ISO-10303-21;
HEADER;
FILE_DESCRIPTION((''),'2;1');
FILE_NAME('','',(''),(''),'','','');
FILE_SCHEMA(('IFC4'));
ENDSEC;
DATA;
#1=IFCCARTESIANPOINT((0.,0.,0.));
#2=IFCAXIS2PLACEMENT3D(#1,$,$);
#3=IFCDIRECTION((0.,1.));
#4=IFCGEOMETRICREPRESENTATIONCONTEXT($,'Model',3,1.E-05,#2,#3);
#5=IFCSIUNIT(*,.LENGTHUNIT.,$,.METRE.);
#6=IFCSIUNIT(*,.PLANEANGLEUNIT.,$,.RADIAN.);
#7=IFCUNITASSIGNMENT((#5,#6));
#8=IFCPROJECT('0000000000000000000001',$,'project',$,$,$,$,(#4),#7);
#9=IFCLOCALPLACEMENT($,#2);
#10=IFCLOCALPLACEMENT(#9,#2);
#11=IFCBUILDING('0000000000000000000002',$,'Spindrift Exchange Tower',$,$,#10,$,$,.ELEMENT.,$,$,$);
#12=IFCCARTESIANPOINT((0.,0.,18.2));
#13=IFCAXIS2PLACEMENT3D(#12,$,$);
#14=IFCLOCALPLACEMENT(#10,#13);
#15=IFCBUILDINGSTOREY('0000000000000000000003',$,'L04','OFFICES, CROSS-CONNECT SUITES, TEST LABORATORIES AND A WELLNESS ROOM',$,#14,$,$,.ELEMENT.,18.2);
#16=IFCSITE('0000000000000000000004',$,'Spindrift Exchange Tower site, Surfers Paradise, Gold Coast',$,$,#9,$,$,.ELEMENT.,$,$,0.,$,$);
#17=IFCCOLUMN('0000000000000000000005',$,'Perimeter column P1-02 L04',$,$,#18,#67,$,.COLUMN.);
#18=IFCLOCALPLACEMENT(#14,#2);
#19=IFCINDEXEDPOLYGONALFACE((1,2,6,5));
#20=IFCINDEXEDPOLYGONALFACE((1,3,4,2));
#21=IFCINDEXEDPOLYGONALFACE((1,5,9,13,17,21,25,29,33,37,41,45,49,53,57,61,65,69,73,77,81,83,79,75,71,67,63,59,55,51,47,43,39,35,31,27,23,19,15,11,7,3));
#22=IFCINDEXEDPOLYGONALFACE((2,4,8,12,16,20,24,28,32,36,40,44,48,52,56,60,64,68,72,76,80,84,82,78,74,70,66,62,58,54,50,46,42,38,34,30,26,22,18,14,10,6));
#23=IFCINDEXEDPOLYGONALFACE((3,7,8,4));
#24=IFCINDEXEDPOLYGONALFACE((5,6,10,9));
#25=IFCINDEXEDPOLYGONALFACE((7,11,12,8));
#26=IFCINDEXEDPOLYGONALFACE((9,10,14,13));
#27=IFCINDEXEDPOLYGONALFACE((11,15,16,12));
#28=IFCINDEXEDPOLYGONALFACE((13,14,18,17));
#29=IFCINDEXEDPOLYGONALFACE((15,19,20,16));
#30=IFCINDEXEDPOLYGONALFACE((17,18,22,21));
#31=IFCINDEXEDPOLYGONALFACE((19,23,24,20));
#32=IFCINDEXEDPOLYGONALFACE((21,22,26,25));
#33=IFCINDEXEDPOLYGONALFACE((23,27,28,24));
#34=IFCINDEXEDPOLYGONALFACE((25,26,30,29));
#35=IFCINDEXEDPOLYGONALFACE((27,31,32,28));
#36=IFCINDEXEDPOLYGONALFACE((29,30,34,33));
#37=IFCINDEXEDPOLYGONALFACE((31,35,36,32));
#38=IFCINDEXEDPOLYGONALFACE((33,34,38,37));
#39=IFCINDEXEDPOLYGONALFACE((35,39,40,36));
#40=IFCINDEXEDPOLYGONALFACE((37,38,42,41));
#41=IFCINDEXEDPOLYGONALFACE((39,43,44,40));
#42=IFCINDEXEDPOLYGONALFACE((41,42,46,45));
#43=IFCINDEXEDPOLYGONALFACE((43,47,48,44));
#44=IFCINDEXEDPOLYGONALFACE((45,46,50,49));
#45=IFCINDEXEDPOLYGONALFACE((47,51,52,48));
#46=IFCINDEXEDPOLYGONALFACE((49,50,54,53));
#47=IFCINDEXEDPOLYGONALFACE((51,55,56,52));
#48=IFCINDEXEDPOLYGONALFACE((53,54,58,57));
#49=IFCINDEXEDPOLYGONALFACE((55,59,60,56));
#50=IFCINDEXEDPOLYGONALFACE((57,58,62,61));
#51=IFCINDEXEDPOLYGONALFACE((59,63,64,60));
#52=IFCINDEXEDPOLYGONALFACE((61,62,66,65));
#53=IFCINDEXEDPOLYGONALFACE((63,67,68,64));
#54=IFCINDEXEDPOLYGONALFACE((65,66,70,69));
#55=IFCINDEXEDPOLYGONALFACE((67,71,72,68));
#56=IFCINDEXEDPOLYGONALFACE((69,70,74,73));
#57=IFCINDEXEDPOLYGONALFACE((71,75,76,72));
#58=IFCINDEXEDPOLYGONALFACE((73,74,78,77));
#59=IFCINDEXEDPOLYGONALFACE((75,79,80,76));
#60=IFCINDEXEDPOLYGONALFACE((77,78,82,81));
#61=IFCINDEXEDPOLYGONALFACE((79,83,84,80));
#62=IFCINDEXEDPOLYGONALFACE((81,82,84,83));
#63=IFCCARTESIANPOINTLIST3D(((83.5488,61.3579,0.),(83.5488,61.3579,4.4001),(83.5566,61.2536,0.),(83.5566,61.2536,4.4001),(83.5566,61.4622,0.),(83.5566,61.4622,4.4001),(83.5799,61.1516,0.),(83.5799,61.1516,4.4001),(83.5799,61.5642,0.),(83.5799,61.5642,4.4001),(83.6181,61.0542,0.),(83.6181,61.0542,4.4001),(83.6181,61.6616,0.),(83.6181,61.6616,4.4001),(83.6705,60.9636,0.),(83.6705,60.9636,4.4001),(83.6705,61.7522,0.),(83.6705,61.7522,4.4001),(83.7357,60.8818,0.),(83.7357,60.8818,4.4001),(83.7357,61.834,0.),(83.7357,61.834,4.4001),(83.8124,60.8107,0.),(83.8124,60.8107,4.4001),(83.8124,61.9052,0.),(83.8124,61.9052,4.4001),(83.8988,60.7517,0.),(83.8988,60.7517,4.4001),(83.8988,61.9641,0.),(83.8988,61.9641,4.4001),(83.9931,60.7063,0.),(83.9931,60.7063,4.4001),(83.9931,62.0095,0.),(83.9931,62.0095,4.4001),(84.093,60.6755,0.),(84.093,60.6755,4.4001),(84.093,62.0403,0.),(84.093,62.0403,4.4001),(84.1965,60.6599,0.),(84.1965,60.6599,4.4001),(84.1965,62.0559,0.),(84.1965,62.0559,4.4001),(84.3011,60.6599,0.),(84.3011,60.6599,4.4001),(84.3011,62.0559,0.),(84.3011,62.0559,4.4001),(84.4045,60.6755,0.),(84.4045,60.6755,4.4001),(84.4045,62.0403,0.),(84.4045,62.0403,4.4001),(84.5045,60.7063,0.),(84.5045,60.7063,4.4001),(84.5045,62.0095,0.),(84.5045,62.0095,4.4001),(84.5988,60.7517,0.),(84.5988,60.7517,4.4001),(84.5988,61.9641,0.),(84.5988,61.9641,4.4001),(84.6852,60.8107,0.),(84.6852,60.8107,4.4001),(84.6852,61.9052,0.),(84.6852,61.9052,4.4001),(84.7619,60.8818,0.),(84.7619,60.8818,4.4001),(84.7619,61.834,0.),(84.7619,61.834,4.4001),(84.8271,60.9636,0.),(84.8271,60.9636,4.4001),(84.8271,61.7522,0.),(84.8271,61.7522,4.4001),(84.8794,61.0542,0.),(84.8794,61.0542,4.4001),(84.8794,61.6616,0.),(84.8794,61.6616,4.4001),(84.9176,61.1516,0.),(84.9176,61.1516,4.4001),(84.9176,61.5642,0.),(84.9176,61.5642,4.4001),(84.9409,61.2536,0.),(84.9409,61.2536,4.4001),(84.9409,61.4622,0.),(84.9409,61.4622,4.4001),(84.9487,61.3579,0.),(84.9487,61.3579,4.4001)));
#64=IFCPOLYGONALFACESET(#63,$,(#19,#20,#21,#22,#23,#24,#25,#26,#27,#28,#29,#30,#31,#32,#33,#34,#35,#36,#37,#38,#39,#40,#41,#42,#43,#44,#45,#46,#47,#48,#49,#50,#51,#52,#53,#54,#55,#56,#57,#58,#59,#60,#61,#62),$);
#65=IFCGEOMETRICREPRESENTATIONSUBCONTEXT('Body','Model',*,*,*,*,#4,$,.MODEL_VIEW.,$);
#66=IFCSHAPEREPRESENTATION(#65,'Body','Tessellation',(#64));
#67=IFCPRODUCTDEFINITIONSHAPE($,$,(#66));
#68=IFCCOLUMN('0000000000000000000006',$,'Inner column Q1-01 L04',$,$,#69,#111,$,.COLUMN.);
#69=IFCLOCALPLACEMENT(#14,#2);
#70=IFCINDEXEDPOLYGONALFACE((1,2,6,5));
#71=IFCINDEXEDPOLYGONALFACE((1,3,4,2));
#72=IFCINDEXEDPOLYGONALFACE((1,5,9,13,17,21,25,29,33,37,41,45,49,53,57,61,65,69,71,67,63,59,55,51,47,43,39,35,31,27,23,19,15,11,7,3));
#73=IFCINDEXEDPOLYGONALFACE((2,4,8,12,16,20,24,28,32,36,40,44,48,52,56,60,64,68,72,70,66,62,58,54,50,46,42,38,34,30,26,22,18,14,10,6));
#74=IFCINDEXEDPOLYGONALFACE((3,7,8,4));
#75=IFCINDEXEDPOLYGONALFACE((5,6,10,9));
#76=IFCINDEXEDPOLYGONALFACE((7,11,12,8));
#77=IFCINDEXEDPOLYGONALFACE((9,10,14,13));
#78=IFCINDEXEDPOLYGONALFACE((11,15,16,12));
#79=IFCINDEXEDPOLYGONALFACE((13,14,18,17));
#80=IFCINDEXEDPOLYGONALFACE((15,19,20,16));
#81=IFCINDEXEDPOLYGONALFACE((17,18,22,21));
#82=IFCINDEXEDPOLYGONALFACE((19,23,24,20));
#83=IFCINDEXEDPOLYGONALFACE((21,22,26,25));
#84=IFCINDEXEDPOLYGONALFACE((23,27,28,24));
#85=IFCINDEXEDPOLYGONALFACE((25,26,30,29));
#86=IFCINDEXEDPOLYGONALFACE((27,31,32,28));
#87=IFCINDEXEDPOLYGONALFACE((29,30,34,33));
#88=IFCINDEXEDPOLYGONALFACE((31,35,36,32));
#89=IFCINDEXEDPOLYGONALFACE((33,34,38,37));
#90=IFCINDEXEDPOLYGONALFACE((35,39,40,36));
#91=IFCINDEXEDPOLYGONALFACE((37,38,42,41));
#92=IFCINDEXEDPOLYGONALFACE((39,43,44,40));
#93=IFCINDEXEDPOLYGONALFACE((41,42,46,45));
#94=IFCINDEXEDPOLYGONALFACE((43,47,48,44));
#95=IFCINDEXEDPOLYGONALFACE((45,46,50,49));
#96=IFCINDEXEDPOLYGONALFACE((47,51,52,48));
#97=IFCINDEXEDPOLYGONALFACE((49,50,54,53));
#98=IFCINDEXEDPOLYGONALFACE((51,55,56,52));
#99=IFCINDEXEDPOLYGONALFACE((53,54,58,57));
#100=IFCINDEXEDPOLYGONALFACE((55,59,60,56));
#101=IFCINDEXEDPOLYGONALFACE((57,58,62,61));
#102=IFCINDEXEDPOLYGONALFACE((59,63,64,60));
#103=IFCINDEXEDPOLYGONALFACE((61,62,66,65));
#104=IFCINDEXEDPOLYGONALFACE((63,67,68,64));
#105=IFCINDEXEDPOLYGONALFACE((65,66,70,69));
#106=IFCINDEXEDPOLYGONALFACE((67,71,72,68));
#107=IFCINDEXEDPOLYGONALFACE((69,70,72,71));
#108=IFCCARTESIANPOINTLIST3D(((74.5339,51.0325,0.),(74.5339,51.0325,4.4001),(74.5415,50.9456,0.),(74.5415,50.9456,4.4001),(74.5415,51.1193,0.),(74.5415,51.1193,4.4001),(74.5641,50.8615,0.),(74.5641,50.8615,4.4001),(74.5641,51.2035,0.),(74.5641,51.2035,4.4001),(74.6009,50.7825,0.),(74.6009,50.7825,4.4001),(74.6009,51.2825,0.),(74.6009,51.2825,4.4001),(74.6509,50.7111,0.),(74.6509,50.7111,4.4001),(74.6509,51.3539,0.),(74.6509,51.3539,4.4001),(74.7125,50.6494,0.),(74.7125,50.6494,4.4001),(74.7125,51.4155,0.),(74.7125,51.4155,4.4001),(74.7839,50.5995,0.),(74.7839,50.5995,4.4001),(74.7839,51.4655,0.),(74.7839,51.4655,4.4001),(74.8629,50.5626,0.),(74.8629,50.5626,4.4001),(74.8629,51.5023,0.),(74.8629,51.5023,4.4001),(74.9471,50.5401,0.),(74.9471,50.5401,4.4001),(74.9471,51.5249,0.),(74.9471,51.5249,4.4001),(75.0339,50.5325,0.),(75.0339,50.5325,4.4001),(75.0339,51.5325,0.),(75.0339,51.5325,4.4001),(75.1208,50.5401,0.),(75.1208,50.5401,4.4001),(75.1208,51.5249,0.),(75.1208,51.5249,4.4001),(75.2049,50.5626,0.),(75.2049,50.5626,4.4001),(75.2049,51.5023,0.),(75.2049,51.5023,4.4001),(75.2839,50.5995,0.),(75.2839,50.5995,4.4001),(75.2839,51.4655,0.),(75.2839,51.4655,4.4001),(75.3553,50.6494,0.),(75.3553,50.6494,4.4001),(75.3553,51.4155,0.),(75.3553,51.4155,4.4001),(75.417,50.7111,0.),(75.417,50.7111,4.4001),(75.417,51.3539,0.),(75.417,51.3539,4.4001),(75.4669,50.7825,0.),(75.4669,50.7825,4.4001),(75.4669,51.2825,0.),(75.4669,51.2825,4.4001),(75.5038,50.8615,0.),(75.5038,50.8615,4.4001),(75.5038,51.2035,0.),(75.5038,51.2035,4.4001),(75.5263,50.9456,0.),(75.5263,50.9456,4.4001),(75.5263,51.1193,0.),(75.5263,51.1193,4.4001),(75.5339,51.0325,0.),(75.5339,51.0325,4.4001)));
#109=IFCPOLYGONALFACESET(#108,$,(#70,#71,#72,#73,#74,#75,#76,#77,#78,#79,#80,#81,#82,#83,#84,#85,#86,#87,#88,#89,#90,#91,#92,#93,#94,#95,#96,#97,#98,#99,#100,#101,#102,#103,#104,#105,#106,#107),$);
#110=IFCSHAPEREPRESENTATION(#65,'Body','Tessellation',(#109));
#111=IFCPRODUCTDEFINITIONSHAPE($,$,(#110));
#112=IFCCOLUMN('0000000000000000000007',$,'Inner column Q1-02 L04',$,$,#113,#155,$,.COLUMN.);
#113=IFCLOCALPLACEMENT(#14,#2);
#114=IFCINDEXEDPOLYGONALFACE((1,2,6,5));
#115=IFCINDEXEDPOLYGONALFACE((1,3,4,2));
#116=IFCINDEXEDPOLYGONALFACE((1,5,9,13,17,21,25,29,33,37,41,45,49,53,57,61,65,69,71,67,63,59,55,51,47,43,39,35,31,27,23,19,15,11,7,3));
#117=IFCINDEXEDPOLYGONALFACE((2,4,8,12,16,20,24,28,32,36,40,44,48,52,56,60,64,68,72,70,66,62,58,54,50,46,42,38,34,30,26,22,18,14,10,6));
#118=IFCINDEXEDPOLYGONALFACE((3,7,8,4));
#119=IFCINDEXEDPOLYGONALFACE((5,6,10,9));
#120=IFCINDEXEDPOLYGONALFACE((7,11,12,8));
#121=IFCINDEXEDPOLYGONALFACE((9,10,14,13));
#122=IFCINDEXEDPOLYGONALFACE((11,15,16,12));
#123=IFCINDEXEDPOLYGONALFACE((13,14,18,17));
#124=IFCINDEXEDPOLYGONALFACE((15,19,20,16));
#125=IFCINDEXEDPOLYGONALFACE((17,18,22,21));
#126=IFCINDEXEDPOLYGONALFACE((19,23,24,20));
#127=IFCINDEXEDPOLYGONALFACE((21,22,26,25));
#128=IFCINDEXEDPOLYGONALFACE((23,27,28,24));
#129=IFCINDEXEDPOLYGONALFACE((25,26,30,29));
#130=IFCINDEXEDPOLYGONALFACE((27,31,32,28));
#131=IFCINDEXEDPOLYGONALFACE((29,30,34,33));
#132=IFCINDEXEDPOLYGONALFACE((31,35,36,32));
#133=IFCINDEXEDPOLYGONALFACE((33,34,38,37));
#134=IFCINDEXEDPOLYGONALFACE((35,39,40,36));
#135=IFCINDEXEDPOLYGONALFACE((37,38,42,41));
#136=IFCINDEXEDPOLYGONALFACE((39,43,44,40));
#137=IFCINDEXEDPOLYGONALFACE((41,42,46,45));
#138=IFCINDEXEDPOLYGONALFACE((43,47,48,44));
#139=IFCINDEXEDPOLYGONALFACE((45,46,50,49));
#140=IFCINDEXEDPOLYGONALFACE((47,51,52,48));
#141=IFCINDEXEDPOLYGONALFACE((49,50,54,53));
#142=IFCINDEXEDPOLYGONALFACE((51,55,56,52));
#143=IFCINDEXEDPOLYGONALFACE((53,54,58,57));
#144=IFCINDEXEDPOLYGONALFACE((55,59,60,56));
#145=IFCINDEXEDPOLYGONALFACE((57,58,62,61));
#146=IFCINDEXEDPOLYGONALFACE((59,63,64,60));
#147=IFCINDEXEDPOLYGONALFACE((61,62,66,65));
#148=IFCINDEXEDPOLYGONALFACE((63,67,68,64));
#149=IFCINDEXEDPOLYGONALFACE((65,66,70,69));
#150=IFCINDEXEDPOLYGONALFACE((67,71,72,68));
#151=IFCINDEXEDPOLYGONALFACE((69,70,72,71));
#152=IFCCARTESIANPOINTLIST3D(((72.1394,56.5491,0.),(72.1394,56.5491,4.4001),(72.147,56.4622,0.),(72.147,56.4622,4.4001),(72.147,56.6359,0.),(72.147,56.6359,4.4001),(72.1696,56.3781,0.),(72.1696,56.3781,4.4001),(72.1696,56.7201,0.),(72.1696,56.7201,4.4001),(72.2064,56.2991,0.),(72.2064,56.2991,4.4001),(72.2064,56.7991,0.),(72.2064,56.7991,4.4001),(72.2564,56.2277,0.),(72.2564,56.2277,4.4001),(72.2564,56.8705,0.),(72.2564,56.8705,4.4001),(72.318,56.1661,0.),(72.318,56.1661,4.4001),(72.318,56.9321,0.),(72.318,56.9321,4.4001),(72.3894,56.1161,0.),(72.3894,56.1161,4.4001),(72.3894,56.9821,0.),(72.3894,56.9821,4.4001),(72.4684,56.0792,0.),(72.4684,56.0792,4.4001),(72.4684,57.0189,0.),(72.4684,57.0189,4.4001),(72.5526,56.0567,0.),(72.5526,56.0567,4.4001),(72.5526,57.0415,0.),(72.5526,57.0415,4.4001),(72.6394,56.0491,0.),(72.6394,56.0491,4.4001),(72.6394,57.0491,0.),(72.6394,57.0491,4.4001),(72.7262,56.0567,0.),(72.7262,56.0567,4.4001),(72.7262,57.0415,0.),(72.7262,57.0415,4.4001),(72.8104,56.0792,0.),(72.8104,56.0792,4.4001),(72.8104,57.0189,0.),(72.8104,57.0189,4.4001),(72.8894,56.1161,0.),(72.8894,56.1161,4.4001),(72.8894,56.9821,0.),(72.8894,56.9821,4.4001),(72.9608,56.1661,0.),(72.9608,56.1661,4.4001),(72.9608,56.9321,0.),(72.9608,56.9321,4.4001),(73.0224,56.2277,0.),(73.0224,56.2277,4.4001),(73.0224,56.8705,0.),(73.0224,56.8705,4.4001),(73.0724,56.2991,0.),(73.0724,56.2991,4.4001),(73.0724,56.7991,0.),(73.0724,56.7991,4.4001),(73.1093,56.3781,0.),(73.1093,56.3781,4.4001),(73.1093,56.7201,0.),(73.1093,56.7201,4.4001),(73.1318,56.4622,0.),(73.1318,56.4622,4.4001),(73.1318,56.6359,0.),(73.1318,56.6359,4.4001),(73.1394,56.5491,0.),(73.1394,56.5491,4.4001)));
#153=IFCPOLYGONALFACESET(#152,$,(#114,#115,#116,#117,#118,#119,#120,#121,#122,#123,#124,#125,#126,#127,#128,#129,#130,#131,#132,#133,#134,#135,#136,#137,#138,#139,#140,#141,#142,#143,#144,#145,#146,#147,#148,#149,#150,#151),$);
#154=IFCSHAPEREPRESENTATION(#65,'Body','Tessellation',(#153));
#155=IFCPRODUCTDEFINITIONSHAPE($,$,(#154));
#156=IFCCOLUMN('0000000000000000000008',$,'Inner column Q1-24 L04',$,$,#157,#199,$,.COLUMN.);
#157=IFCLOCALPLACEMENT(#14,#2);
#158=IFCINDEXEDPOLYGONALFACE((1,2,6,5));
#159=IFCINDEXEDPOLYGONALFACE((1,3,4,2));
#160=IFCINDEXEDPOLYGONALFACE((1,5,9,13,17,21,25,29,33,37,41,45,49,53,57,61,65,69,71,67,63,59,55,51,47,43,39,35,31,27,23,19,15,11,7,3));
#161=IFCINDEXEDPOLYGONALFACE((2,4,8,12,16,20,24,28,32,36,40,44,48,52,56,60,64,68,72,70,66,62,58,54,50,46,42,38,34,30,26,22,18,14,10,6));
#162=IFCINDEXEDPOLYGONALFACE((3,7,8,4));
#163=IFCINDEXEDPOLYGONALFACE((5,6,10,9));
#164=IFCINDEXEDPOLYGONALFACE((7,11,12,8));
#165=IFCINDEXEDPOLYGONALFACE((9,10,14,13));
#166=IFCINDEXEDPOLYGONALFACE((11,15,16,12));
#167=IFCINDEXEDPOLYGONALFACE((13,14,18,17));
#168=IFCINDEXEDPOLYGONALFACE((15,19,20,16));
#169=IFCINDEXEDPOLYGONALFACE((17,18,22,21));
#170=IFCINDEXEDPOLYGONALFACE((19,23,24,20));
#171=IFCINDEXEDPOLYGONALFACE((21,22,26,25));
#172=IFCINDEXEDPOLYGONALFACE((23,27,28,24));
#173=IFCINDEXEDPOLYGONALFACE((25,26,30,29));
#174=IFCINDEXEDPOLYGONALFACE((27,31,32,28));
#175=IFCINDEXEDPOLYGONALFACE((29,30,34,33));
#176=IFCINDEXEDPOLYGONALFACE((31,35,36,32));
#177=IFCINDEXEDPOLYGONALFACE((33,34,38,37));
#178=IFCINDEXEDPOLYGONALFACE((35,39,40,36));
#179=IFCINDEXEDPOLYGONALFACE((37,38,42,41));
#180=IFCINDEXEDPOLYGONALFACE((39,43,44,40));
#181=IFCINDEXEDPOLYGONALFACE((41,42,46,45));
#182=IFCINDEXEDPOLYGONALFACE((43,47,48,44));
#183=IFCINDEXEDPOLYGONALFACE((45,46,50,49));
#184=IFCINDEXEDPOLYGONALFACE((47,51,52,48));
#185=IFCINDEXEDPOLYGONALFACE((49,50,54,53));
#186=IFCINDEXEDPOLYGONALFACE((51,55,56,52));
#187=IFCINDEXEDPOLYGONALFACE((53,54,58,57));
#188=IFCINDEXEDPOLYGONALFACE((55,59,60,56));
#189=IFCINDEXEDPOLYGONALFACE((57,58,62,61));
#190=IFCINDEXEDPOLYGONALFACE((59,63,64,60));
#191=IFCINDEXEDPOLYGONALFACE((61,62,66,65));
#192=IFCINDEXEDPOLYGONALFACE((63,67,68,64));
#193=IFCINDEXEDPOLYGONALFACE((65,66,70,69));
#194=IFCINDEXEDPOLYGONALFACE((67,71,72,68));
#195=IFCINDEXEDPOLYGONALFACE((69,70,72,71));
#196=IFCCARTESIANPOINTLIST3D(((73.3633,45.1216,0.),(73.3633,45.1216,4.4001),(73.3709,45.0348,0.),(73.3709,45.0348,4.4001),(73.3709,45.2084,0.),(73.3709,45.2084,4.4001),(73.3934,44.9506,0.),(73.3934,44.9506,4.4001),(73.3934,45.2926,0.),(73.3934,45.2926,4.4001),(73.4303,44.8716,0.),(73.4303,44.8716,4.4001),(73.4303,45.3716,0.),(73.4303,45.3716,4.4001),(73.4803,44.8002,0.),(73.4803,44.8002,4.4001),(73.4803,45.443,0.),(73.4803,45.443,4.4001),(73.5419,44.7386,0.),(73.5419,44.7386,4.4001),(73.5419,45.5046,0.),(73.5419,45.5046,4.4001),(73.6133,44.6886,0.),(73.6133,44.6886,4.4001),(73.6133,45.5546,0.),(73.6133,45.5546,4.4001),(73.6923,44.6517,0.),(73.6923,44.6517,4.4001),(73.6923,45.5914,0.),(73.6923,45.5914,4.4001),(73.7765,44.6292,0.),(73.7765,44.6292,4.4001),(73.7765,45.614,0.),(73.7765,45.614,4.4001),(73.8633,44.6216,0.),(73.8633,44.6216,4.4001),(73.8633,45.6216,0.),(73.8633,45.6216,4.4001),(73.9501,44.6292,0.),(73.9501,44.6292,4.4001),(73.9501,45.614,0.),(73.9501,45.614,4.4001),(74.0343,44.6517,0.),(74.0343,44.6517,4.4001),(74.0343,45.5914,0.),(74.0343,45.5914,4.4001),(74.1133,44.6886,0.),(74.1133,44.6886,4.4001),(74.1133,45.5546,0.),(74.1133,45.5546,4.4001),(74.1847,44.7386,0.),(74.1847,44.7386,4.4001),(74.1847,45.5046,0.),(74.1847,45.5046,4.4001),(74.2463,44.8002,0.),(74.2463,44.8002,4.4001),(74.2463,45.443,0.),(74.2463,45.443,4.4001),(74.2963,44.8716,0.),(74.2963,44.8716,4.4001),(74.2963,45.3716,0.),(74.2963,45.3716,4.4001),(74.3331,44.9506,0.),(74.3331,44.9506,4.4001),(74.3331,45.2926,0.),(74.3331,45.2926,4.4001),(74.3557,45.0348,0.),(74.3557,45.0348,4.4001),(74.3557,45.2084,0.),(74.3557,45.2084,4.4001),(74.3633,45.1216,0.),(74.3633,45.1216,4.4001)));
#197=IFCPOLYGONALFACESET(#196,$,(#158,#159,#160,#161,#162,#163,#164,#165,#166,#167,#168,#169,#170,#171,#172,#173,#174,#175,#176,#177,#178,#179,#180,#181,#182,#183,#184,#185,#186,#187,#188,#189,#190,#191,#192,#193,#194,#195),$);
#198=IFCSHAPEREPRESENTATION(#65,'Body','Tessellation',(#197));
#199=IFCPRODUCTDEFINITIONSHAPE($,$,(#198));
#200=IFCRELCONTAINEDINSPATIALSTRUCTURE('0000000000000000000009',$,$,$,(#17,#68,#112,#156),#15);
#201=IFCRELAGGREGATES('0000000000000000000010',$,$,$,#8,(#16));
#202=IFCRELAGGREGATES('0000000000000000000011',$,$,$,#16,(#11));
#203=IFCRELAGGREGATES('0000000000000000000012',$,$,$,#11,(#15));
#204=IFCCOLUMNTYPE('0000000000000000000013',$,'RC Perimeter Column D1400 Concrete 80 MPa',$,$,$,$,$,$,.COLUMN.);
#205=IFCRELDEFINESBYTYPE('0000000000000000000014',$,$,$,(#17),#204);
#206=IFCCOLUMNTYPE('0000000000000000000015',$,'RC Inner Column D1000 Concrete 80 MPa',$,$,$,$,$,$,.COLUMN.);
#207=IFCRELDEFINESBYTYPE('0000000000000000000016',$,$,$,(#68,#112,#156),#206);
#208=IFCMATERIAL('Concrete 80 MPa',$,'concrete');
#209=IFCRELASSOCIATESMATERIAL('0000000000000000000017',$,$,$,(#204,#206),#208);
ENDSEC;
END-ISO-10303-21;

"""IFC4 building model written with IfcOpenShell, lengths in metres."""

from ifc_helpers import new_model, si_unit, direction, frame, origin, origin_2d, place, context, subcontext, project, spatial, circle, extrude, source, transform, mapped, material, material_profile, profile_set, type_object, element, save


model = new_model("IFC4")

# Units and contexts
model_context = context("Model", 3, precision=1e-05, world=origin(), true_north=direction((0.0, 1.0)))
body_context = subcontext(model_context, "Body", "Model", "MODEL_VIEW")
ifc_project = project(units=[si_unit("LENGTHUNIT", "METRE"), si_unit("PLANEANGLEUNIT", "RADIAN")], contexts=[model_context])

# Site, building, storey
site_placement = place(None, origin())
site = spatial("IfcSite", under=ifc_project, at=site_placement, Name="Spindrift Exchange Tower site, Surfers Paradise, Gold Coast", CompositionType="ELEMENT", RefElevation=0.0)
building_placement = place(site_placement, origin())
building = spatial("IfcBuilding", under=site, at=building_placement, Name="Spindrift Exchange Tower", CompositionType="ELEMENT")
storey_placement = place(building_placement, frame((0.0, 0.0, 18.2)))
storey = spatial("IfcBuildingStorey", under=building, at=storey_placement, Name="L04", Description="OFFICES, CROSS-CONNECT SUITES, TEST LABORATORIES AND A WELLNESS ROOM", CompositionType="ELEMENT", Elevation=18.2)

# Columns
ifc_material_1 = material(Name="Concrete 80 MPa", Category="concrete")
ifc_material_profile_1 = material_profile(ifc_material_1, circle(Radius=0.7, at=origin_2d()), Name="RC D1400")
ifc_profile_set_1 = profile_set([ifc_material_profile_1], Name="Concrete 80 MPa")
column_type_1 = type_object("IfcColumnType", Name="RC Perimeter Column D1400 Concrete 80 MPa", PredefinedType="COLUMN", material=ifc_profile_set_1)
shared_shape_1 = source(origin(), body_context, "Body", "SweptSolid", [
    extrude(circle(Radius=0.7, at=origin_2d()), origin(), (0.0, 0.0, 1.0), 4.4001),
])
column_placement = place(storey_placement, frame((84.2488, 61.3579, 0.0), z_axis=(0.0, 0.0, 1.0), x_axis=(1.0, 0.0, 0.0)))
element("IfcColumn", 1, at=column_placement, inside=storey, type_object=column_type_1, Name="Perimeter column P1-02 L04", PredefinedType="COLUMN", context=body_context, shape_type="MappedRepresentation", body=[
    mapped(shared_shape_1, transform((0.0, 0.0, 0.0), scale=1.0)),
])
ifc_material_profile_2 = material_profile(ifc_material_1, circle(Radius=0.5, at=origin_2d()), Name="RC D1000")
ifc_profile_set_2 = profile_set([ifc_material_profile_2], Name="Concrete 80 MPa")
column_type_2 = type_object("IfcColumnType", Name="RC Inner Column D1000 Concrete 80 MPa", PredefinedType="COLUMN", material=ifc_profile_set_2)
shared_shape_2 = source(origin(), body_context, "Body", "SweptSolid", [
    extrude(circle(Radius=0.5, at=origin_2d()), origin(), (0.0, 0.0, 1.0), 4.4001),
])
for number, where, z_axis, x_axis, name in (
    (2, (75.0339, 51.0325, 0.0), (0.0, 0.0, 1.0), (1.0, 0.0, 0.0), "Inner column Q1-01 L04"),
    (3, (72.6394, 56.5491, 0.0), (0.0, 0.0, 1.0), (1.0, 0.0, 0.0), "Inner column Q1-02 L04"),
    (4, (73.8633, 45.1216, 0.0), (0.0, 0.0, 1.0), (1.0, 0.0, 0.0), "Inner column Q1-24 L04"),
):
    element("IfcColumn", number, at=place(storey_placement, frame(where, z_axis=z_axis, x_axis=x_axis)), inside=storey, type_object=column_type_2, Name=name, PredefinedType="COLUMN", context=body_context, shape_type="MappedRepresentation", body=[
        mapped(shared_shape_2, transform((0.0, 0.0, 0.0), scale=1.0)),
    ])

save(model, "model.ifc")
